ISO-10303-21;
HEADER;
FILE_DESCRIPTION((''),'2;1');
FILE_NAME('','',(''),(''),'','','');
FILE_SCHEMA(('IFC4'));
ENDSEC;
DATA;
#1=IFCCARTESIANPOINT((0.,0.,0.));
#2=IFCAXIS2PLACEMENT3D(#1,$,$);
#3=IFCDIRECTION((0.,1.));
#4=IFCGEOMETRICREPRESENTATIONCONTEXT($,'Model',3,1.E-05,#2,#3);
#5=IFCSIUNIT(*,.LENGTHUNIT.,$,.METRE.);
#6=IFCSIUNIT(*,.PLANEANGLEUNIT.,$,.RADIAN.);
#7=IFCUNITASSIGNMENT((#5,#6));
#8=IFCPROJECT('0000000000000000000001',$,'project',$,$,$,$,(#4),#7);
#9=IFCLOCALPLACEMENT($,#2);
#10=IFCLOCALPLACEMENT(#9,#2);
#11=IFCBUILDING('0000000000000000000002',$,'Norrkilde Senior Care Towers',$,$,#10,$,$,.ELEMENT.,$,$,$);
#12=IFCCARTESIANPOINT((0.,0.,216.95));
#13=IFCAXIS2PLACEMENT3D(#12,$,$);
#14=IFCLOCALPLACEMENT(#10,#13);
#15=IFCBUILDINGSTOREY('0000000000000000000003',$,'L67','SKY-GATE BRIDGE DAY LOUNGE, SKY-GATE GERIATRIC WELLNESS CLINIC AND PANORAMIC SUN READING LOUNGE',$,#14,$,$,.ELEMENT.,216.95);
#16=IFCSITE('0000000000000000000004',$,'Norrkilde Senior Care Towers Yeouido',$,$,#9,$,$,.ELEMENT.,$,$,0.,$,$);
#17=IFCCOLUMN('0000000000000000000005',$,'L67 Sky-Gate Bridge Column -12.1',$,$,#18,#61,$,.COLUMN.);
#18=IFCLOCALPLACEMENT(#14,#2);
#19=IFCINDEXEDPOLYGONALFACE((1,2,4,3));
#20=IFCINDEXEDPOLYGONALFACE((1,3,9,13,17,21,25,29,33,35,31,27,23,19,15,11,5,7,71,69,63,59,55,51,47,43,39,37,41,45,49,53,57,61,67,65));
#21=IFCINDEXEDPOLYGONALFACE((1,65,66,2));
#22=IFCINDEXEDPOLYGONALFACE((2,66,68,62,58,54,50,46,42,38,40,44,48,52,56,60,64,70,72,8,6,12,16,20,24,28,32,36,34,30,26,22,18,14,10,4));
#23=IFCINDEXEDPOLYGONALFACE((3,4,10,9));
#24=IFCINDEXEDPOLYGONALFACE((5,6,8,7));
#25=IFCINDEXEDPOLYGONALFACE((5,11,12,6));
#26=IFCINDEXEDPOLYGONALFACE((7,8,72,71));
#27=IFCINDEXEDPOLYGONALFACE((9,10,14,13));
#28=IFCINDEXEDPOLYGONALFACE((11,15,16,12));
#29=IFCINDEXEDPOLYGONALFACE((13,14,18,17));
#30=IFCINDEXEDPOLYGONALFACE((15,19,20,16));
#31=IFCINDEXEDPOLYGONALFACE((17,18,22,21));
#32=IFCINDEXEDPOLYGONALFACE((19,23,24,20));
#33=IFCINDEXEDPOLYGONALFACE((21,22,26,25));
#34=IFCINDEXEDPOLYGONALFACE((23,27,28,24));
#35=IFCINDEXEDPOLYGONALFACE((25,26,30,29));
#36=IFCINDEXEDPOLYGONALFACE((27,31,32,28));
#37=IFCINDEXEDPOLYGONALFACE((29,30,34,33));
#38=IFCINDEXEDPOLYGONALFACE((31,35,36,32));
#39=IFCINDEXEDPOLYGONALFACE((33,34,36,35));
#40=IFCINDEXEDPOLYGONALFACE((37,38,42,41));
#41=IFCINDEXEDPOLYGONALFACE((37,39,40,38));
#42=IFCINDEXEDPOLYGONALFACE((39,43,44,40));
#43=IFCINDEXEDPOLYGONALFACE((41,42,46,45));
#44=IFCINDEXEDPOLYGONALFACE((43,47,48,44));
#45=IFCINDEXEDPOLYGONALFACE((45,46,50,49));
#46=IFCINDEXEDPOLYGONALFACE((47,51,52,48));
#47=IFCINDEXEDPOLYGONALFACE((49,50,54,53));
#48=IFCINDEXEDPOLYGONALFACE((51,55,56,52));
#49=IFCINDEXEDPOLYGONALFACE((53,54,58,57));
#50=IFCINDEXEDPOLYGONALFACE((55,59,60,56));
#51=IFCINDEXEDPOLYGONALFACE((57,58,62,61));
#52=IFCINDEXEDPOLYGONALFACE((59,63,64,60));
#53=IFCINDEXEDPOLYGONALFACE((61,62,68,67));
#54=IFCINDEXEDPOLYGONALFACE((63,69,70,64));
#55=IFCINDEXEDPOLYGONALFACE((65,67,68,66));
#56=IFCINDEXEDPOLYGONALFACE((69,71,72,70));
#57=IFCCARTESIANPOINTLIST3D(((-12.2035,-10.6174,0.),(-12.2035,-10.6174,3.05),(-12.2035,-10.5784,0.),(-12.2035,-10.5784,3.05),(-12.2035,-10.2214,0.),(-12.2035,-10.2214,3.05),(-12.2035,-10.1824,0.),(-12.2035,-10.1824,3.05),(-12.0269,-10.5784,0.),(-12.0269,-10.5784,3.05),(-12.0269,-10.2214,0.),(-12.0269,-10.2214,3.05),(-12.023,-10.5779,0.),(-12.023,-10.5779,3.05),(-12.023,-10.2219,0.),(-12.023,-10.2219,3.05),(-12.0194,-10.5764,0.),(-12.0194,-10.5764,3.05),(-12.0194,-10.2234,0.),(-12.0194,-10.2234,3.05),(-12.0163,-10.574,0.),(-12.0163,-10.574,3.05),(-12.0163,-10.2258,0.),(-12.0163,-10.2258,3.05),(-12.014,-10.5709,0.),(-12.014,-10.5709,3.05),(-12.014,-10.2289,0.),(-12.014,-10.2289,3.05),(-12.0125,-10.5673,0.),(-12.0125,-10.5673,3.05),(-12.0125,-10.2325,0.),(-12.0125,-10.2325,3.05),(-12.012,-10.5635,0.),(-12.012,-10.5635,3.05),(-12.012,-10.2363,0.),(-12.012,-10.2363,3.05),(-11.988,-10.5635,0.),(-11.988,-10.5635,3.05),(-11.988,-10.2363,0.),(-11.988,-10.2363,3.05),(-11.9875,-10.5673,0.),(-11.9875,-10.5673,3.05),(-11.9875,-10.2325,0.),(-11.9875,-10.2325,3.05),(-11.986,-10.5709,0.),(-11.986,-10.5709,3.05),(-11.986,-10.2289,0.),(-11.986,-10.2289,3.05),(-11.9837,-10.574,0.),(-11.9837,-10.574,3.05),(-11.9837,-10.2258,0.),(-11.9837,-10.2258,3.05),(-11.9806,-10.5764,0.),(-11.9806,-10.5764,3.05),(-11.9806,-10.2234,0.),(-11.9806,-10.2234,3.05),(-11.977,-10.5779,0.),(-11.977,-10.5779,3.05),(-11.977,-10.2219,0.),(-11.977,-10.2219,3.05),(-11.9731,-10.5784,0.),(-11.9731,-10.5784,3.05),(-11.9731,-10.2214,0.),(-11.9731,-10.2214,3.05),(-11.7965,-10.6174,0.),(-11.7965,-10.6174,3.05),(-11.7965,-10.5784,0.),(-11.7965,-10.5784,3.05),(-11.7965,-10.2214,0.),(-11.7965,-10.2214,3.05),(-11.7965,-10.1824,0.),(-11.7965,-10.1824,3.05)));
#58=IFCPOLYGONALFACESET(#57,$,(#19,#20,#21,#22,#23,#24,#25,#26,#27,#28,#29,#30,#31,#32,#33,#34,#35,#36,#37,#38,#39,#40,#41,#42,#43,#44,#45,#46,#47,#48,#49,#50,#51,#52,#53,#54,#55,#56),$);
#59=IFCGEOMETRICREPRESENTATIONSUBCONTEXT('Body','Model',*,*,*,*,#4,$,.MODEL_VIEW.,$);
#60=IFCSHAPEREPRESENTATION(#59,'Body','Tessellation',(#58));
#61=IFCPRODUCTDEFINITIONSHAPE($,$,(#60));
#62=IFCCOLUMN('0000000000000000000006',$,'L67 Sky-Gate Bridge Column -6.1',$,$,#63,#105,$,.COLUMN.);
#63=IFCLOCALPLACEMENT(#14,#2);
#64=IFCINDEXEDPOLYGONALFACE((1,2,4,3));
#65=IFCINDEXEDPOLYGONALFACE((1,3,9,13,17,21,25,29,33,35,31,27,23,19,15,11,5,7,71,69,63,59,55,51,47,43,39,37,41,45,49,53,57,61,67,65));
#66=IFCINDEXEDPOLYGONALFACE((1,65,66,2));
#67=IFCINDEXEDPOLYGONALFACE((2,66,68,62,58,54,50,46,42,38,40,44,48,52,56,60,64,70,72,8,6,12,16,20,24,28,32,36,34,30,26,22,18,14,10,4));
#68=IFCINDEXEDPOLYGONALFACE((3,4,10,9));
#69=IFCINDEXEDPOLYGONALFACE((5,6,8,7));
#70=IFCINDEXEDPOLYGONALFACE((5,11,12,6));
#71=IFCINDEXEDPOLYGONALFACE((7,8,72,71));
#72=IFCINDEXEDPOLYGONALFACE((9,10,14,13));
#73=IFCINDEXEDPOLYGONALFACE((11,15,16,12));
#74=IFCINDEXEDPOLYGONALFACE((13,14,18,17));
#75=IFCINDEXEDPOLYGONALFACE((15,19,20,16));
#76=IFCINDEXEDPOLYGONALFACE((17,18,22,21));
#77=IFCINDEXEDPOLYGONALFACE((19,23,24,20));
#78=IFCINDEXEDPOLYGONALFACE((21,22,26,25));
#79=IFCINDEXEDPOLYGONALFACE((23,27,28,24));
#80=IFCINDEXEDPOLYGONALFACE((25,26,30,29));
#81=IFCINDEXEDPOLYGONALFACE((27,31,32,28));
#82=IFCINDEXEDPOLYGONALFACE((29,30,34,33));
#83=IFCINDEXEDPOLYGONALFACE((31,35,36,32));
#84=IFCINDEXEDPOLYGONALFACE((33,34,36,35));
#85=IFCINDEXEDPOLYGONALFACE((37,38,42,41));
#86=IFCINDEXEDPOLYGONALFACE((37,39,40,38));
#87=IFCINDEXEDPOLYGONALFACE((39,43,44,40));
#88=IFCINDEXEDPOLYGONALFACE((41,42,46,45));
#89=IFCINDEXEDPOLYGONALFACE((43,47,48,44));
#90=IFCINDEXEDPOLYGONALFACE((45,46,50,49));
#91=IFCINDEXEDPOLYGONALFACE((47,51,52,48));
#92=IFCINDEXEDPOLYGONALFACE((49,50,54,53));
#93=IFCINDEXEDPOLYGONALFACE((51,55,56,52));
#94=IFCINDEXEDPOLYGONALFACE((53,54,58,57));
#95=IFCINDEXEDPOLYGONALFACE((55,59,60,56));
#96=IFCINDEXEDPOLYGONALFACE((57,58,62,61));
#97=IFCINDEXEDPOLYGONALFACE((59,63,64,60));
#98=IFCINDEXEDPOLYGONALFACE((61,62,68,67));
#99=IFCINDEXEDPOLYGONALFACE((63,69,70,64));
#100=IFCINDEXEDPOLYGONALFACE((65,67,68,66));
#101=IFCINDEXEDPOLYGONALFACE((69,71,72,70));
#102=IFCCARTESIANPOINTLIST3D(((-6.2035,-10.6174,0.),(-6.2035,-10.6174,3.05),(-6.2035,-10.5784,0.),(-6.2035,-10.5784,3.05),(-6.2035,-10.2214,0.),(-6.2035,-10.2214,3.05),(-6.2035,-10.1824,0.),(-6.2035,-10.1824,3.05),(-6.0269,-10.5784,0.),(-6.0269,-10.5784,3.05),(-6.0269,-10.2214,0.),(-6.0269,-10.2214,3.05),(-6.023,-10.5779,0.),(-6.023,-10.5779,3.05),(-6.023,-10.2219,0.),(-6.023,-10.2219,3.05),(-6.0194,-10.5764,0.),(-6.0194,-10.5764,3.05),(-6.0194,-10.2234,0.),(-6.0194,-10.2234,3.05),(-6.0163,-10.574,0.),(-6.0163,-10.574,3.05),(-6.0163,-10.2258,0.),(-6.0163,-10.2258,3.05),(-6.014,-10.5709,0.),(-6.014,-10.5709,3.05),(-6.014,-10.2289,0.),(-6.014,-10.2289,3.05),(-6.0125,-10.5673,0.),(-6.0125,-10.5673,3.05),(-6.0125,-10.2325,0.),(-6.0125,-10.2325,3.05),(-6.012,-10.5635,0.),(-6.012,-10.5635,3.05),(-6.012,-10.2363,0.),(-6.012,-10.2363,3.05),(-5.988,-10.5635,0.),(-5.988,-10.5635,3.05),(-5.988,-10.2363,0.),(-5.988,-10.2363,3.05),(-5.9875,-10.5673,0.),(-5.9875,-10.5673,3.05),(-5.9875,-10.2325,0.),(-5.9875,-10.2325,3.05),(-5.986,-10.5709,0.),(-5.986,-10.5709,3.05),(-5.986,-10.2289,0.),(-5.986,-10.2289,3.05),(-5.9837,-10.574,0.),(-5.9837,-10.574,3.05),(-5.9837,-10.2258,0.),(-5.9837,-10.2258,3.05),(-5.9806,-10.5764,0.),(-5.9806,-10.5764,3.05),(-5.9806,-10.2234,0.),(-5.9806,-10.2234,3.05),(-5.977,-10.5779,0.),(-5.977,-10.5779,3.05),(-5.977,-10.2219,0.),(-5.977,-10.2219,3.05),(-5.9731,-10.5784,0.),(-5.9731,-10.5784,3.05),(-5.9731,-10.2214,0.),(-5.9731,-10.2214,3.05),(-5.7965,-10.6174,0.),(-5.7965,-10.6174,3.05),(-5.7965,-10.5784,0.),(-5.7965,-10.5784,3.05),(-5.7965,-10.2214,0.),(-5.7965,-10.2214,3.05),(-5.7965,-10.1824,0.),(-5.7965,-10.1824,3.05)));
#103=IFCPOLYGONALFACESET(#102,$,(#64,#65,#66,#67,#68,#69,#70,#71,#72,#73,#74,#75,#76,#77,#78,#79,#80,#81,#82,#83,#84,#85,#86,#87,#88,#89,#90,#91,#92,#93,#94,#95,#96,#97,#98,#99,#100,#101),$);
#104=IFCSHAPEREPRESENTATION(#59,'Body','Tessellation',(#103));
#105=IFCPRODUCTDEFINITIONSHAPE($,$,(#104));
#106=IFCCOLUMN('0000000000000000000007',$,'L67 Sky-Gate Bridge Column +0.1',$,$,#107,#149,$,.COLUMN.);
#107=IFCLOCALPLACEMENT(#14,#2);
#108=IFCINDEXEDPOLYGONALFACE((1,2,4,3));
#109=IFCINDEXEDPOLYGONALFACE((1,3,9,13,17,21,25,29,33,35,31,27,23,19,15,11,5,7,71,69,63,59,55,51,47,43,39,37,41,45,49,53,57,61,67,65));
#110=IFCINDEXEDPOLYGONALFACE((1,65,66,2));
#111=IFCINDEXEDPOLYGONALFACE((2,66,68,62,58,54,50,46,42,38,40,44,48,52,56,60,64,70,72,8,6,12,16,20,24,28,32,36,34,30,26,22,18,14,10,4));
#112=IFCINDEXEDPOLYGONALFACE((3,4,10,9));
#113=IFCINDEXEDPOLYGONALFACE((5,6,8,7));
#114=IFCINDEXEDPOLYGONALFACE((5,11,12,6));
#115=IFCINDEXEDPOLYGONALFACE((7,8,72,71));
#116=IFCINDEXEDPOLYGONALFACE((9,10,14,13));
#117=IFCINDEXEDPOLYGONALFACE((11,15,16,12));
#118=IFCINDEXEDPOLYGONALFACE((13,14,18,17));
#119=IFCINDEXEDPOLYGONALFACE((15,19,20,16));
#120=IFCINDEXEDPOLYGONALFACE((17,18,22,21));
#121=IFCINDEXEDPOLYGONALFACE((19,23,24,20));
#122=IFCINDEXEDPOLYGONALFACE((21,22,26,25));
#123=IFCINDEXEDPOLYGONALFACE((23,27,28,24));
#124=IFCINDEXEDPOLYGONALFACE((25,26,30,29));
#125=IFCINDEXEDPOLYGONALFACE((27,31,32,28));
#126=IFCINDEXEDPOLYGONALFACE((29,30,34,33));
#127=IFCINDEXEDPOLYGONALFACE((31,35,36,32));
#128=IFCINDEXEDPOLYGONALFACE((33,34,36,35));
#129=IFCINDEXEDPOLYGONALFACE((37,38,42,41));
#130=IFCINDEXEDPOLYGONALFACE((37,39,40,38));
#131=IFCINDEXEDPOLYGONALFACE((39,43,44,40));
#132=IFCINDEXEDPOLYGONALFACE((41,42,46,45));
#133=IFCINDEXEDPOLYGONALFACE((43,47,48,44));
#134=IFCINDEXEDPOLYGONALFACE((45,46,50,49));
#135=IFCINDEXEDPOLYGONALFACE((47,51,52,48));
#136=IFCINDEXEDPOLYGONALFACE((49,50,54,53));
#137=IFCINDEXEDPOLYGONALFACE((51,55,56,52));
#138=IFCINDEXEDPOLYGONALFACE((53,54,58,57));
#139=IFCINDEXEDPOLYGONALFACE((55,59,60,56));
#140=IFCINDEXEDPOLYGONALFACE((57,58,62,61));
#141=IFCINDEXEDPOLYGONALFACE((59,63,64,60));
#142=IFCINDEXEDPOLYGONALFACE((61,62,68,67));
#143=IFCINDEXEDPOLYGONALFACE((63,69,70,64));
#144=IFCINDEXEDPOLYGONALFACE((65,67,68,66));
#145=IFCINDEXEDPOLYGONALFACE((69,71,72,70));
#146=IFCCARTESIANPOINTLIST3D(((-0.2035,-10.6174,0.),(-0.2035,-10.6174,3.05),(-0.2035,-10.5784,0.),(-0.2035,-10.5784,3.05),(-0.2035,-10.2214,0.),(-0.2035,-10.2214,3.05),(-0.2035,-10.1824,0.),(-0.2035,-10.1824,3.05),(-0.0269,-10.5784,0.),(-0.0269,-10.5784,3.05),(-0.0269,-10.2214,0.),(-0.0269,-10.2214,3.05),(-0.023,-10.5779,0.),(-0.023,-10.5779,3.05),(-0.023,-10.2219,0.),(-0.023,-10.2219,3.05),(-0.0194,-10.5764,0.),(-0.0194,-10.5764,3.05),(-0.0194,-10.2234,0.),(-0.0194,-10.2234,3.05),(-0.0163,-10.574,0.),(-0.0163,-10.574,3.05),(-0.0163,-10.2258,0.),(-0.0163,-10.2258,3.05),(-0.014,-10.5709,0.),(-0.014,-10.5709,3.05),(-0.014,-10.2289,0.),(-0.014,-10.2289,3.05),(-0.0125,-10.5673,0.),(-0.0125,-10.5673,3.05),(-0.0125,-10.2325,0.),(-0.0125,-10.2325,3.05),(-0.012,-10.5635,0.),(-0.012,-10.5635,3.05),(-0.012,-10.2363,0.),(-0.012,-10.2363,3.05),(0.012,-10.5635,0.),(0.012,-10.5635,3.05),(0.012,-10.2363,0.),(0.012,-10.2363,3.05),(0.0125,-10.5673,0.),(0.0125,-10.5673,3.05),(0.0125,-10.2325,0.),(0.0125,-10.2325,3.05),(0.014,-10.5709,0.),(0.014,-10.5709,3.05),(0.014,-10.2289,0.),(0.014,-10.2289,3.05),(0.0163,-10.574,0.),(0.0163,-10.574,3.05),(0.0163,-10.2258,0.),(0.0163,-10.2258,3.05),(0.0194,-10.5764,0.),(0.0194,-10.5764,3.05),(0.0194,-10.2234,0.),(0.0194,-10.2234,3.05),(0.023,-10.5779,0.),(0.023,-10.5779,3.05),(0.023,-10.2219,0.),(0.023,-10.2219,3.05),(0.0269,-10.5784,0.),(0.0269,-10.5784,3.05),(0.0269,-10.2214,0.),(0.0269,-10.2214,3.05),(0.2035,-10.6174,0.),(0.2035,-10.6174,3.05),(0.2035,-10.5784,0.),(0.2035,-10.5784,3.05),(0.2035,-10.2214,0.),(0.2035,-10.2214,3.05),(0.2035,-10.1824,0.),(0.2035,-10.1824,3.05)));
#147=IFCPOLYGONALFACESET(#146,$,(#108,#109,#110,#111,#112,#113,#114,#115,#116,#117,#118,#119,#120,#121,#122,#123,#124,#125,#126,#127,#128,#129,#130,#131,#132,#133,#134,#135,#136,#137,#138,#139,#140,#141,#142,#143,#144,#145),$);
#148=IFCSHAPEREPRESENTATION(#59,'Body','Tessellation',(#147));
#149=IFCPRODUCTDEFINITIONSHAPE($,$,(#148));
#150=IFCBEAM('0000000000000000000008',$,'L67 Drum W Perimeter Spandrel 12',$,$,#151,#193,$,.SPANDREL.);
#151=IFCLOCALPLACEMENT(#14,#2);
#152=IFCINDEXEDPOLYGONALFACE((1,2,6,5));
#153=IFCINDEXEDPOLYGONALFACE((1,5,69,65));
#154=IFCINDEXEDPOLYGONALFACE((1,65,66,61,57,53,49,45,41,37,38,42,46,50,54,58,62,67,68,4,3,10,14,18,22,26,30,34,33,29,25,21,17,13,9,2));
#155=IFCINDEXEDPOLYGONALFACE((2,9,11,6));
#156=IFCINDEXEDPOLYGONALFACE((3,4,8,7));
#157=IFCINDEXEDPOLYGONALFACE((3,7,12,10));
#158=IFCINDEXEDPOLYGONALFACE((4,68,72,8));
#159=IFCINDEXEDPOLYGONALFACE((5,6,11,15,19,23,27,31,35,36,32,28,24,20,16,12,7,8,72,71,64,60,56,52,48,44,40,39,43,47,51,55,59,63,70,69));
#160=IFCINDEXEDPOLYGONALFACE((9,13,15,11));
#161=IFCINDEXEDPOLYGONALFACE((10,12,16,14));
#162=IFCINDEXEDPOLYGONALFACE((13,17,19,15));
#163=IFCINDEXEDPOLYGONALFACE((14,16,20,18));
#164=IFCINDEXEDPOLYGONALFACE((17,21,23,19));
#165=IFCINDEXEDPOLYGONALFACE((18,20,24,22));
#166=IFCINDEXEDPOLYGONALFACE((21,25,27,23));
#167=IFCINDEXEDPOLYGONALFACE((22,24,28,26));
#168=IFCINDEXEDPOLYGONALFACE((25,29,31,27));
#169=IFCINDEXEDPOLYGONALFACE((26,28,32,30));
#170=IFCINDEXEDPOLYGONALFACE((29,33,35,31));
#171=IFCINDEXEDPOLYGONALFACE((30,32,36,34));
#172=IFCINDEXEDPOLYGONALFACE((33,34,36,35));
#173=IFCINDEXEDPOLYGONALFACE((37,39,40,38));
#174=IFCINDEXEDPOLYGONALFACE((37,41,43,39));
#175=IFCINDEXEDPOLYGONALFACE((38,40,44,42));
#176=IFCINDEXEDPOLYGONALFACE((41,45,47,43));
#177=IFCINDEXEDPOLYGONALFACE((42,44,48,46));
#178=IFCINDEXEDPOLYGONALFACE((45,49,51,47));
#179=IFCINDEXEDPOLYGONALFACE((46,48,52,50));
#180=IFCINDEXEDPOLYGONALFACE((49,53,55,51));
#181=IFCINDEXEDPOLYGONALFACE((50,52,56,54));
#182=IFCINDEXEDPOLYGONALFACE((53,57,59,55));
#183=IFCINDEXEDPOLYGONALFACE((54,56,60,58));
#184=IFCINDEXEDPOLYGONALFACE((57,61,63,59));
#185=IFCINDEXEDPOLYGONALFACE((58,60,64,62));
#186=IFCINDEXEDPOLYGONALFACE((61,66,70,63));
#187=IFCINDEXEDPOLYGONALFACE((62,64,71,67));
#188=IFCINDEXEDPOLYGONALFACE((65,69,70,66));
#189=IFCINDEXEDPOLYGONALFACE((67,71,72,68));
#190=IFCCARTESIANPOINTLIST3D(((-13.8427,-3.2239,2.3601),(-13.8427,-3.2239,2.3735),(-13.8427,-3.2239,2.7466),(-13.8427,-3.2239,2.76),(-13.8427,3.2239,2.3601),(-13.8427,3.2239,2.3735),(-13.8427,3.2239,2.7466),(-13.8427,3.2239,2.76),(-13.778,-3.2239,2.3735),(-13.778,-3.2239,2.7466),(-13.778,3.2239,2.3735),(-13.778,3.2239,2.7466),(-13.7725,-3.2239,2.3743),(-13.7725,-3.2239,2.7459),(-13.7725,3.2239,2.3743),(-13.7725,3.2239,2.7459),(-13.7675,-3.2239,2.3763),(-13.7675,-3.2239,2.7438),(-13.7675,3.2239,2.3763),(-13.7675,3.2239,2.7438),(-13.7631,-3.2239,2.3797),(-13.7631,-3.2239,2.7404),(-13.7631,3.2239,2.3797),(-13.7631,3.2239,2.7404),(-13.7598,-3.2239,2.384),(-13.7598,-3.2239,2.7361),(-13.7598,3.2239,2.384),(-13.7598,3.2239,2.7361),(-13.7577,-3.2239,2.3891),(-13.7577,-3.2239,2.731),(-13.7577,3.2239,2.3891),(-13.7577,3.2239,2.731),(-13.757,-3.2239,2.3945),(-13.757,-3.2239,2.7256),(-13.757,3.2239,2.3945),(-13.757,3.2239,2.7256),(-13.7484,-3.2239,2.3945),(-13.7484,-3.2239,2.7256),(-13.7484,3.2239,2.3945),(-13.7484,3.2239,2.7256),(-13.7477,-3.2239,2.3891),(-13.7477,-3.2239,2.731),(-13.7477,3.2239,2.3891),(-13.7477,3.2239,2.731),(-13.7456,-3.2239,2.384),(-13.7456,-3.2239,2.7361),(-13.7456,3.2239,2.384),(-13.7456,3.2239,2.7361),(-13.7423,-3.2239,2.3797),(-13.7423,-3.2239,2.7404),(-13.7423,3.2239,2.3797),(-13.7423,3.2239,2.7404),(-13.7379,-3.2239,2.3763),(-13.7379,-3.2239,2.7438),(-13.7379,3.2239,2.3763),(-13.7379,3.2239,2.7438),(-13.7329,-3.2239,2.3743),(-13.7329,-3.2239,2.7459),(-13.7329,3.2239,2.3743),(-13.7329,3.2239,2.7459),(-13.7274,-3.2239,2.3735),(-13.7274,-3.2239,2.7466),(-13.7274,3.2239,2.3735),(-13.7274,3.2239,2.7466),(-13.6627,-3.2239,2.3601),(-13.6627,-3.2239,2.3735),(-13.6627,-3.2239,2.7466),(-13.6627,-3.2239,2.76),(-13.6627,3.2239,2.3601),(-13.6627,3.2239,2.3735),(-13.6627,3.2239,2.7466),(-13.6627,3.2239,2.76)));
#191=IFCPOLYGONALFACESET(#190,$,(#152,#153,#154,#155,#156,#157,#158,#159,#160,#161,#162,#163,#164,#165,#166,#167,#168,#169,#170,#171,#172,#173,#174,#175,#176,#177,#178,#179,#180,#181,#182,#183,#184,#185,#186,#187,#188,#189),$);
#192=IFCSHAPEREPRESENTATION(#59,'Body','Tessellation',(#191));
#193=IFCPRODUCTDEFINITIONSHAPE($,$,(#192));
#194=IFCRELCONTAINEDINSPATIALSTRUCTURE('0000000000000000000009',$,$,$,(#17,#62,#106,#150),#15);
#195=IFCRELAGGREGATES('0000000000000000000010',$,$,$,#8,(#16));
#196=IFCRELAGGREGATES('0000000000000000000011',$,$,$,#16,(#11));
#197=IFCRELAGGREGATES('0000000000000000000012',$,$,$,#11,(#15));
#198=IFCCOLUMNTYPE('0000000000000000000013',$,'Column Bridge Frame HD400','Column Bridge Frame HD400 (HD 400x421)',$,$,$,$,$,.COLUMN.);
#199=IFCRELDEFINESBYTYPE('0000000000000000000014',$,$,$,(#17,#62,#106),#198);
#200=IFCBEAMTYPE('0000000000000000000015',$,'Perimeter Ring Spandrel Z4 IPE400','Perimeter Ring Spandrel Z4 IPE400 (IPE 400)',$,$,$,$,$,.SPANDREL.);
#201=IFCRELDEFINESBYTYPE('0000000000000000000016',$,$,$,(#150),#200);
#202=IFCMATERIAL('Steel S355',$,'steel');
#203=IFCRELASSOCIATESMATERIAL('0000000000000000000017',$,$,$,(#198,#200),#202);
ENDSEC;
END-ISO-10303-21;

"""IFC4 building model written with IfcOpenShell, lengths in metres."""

from ifc_helpers import new_model, si_unit, direction, frame, origin, origin_2d, place, context, subcontext, project, spatial, i_section, extrude, source, transform, mapped, material, material_profile, profile_set, type_object, type_shapes, element, save


model = new_model("IFC4")

# Units and contexts
model_context = context("Model", 3, precision=1e-05, world=origin(), true_north=direction((0.0, 1.0)))
body_context = subcontext(model_context, "Body", "Model", "MODEL_VIEW")
ifc_project = project(units=[si_unit("LENGTHUNIT", "METRE"), si_unit("PLANEANGLEUNIT", "RADIAN")], contexts=[model_context])

# Site, building, storey
site_placement = place(None, origin())
site = spatial("IfcSite", under=ifc_project, at=site_placement, Name="Norrkilde Senior Care Towers Yeouido", CompositionType="ELEMENT", RefElevation=0.0)
building_placement = place(site_placement, origin())
building = spatial("IfcBuilding", under=site, at=building_placement, Name="Norrkilde Senior Care Towers", CompositionType="ELEMENT")
storey_placement = place(building_placement, frame((0.0, 0.0, 216.95)))
storey = spatial("IfcBuildingStorey", under=building, at=storey_placement, Name="L67", Description="SKY-GATE BRIDGE DAY LOUNGE, SKY-GATE GERIATRIC WELLNESS CLINIC AND PANORAMIC SUN READING LOUNGE", CompositionType="ELEMENT", Elevation=216.95)

# Columns
ifc_material_1 = material(Name="Steel S355", Category="steel")
ifc_material_profile_1 = material_profile(ifc_material_1, i_section(OverallWidth=0.407, OverallDepth=0.4351, WebThickness=0.0239, FlangeThickness=0.0391, FilletRadius=0.0149, at=origin_2d()), Name="HD 400x421")
ifc_profile_set_1 = profile_set([ifc_material_profile_1], Name="Steel S355")
column_type = type_object("IfcColumnType", Name="Column Bridge Frame HD400", Description="Column Bridge Frame HD400 (HD 400x421)", PredefinedType="COLUMN", material=ifc_profile_set_1)
shared_shape_1 = source(origin(), body_context, "Body", "SweptSolid", [
    extrude(i_section(OverallWidth=0.407, OverallDepth=0.4351, WebThickness=0.0239, FlangeThickness=0.0391, FilletRadius=0.0149, at=origin_2d()), origin(), (0.0, 0.0, 1.0), 3.05),
])
type_shapes(column_type, [shared_shape_1])
for number, where, z_axis, x_axis, name in (
    (1, (-12.0, -10.3999, 0.0), (0.0, 0.0, 1.0), (1.0, 0.0, 0.0), "L67 Sky-Gate Bridge Column -12.1"),
    (2, (-6.0, -10.3999, 0.0), (0.0, 0.0, 1.0), (1.0, 0.0, 0.0), "L67 Sky-Gate Bridge Column -6.1"),
    (3, (0.0, -10.3999, 0.0), (0.0, 0.0, 1.0), (1.0, 0.0, 0.0), "L67 Sky-Gate Bridge Column +0.1"),
):
    element("IfcColumn", number, at=place(storey_placement, frame(where, z_axis=z_axis, x_axis=x_axis)), inside=storey, type_object=column_type, Name=name, PredefinedType="COLUMN", context=body_context, shape_type="MappedRepresentation", body=[
        mapped(shared_shape_1, transform((0.0, 0.0, 0.0), x_axis=(1.0, 0.0, 0.0), y_axis=(0.0, 1.0, 0.0), z_axis=(0.0, 0.0, 1.0), scale=1.0)),
    ])

# Beam
ifc_material_profile_2 = material_profile(ifc_material_1, i_section(OverallWidth=0.1799, OverallDepth=0.3999, WebThickness=0.0085, FlangeThickness=0.0134, FilletRadius=0.021, at=origin_2d()), Name="IPE 400")
ifc_profile_set_2 = profile_set([ifc_material_profile_2], Name="Steel S355")
beam_type_1 = type_object("IfcBeamType", Name="Perimeter Ring Spandrel Z4 IPE400", Description="Perimeter Ring Spandrel Z4 IPE400 (IPE 400)", PredefinedType="SPANDREL", material=ifc_profile_set_2)
shared_shape_2 = source(origin(), body_context, "Body", "SweptSolid", [
    extrude(i_section(OverallWidth=0.1799, OverallDepth=0.3999, WebThickness=0.0085, FlangeThickness=0.0134, FilletRadius=0.021, at=origin_2d()), origin(), (0.0, 0.0, 1.0), 6.4478),
])
type_shapes(beam_type_1, [shared_shape_2])
beam_1_placement = place(storey_placement, frame((-13.7527, -3.2239, 2.5601), z_axis=(0.0, 1.0, 0.0), x_axis=(-1.0, 0.0, 0.0)))
element("IfcBeam", 4, at=beam_1_placement, inside=storey, type_object=beam_type_1, Name="L67 Drum W Perimeter Spandrel 12", PredefinedType="SPANDREL", context=body_context, shape_type="MappedRepresentation", body=[
    mapped(shared_shape_2, transform((0.0, 0.0, 0.0), x_axis=(1.0, 0.0, 0.0), y_axis=(0.0, 1.0, 0.0), z_axis=(0.0, 0.0, 1.0), scale=1.0)),
])

save(model, "model.ifc")
